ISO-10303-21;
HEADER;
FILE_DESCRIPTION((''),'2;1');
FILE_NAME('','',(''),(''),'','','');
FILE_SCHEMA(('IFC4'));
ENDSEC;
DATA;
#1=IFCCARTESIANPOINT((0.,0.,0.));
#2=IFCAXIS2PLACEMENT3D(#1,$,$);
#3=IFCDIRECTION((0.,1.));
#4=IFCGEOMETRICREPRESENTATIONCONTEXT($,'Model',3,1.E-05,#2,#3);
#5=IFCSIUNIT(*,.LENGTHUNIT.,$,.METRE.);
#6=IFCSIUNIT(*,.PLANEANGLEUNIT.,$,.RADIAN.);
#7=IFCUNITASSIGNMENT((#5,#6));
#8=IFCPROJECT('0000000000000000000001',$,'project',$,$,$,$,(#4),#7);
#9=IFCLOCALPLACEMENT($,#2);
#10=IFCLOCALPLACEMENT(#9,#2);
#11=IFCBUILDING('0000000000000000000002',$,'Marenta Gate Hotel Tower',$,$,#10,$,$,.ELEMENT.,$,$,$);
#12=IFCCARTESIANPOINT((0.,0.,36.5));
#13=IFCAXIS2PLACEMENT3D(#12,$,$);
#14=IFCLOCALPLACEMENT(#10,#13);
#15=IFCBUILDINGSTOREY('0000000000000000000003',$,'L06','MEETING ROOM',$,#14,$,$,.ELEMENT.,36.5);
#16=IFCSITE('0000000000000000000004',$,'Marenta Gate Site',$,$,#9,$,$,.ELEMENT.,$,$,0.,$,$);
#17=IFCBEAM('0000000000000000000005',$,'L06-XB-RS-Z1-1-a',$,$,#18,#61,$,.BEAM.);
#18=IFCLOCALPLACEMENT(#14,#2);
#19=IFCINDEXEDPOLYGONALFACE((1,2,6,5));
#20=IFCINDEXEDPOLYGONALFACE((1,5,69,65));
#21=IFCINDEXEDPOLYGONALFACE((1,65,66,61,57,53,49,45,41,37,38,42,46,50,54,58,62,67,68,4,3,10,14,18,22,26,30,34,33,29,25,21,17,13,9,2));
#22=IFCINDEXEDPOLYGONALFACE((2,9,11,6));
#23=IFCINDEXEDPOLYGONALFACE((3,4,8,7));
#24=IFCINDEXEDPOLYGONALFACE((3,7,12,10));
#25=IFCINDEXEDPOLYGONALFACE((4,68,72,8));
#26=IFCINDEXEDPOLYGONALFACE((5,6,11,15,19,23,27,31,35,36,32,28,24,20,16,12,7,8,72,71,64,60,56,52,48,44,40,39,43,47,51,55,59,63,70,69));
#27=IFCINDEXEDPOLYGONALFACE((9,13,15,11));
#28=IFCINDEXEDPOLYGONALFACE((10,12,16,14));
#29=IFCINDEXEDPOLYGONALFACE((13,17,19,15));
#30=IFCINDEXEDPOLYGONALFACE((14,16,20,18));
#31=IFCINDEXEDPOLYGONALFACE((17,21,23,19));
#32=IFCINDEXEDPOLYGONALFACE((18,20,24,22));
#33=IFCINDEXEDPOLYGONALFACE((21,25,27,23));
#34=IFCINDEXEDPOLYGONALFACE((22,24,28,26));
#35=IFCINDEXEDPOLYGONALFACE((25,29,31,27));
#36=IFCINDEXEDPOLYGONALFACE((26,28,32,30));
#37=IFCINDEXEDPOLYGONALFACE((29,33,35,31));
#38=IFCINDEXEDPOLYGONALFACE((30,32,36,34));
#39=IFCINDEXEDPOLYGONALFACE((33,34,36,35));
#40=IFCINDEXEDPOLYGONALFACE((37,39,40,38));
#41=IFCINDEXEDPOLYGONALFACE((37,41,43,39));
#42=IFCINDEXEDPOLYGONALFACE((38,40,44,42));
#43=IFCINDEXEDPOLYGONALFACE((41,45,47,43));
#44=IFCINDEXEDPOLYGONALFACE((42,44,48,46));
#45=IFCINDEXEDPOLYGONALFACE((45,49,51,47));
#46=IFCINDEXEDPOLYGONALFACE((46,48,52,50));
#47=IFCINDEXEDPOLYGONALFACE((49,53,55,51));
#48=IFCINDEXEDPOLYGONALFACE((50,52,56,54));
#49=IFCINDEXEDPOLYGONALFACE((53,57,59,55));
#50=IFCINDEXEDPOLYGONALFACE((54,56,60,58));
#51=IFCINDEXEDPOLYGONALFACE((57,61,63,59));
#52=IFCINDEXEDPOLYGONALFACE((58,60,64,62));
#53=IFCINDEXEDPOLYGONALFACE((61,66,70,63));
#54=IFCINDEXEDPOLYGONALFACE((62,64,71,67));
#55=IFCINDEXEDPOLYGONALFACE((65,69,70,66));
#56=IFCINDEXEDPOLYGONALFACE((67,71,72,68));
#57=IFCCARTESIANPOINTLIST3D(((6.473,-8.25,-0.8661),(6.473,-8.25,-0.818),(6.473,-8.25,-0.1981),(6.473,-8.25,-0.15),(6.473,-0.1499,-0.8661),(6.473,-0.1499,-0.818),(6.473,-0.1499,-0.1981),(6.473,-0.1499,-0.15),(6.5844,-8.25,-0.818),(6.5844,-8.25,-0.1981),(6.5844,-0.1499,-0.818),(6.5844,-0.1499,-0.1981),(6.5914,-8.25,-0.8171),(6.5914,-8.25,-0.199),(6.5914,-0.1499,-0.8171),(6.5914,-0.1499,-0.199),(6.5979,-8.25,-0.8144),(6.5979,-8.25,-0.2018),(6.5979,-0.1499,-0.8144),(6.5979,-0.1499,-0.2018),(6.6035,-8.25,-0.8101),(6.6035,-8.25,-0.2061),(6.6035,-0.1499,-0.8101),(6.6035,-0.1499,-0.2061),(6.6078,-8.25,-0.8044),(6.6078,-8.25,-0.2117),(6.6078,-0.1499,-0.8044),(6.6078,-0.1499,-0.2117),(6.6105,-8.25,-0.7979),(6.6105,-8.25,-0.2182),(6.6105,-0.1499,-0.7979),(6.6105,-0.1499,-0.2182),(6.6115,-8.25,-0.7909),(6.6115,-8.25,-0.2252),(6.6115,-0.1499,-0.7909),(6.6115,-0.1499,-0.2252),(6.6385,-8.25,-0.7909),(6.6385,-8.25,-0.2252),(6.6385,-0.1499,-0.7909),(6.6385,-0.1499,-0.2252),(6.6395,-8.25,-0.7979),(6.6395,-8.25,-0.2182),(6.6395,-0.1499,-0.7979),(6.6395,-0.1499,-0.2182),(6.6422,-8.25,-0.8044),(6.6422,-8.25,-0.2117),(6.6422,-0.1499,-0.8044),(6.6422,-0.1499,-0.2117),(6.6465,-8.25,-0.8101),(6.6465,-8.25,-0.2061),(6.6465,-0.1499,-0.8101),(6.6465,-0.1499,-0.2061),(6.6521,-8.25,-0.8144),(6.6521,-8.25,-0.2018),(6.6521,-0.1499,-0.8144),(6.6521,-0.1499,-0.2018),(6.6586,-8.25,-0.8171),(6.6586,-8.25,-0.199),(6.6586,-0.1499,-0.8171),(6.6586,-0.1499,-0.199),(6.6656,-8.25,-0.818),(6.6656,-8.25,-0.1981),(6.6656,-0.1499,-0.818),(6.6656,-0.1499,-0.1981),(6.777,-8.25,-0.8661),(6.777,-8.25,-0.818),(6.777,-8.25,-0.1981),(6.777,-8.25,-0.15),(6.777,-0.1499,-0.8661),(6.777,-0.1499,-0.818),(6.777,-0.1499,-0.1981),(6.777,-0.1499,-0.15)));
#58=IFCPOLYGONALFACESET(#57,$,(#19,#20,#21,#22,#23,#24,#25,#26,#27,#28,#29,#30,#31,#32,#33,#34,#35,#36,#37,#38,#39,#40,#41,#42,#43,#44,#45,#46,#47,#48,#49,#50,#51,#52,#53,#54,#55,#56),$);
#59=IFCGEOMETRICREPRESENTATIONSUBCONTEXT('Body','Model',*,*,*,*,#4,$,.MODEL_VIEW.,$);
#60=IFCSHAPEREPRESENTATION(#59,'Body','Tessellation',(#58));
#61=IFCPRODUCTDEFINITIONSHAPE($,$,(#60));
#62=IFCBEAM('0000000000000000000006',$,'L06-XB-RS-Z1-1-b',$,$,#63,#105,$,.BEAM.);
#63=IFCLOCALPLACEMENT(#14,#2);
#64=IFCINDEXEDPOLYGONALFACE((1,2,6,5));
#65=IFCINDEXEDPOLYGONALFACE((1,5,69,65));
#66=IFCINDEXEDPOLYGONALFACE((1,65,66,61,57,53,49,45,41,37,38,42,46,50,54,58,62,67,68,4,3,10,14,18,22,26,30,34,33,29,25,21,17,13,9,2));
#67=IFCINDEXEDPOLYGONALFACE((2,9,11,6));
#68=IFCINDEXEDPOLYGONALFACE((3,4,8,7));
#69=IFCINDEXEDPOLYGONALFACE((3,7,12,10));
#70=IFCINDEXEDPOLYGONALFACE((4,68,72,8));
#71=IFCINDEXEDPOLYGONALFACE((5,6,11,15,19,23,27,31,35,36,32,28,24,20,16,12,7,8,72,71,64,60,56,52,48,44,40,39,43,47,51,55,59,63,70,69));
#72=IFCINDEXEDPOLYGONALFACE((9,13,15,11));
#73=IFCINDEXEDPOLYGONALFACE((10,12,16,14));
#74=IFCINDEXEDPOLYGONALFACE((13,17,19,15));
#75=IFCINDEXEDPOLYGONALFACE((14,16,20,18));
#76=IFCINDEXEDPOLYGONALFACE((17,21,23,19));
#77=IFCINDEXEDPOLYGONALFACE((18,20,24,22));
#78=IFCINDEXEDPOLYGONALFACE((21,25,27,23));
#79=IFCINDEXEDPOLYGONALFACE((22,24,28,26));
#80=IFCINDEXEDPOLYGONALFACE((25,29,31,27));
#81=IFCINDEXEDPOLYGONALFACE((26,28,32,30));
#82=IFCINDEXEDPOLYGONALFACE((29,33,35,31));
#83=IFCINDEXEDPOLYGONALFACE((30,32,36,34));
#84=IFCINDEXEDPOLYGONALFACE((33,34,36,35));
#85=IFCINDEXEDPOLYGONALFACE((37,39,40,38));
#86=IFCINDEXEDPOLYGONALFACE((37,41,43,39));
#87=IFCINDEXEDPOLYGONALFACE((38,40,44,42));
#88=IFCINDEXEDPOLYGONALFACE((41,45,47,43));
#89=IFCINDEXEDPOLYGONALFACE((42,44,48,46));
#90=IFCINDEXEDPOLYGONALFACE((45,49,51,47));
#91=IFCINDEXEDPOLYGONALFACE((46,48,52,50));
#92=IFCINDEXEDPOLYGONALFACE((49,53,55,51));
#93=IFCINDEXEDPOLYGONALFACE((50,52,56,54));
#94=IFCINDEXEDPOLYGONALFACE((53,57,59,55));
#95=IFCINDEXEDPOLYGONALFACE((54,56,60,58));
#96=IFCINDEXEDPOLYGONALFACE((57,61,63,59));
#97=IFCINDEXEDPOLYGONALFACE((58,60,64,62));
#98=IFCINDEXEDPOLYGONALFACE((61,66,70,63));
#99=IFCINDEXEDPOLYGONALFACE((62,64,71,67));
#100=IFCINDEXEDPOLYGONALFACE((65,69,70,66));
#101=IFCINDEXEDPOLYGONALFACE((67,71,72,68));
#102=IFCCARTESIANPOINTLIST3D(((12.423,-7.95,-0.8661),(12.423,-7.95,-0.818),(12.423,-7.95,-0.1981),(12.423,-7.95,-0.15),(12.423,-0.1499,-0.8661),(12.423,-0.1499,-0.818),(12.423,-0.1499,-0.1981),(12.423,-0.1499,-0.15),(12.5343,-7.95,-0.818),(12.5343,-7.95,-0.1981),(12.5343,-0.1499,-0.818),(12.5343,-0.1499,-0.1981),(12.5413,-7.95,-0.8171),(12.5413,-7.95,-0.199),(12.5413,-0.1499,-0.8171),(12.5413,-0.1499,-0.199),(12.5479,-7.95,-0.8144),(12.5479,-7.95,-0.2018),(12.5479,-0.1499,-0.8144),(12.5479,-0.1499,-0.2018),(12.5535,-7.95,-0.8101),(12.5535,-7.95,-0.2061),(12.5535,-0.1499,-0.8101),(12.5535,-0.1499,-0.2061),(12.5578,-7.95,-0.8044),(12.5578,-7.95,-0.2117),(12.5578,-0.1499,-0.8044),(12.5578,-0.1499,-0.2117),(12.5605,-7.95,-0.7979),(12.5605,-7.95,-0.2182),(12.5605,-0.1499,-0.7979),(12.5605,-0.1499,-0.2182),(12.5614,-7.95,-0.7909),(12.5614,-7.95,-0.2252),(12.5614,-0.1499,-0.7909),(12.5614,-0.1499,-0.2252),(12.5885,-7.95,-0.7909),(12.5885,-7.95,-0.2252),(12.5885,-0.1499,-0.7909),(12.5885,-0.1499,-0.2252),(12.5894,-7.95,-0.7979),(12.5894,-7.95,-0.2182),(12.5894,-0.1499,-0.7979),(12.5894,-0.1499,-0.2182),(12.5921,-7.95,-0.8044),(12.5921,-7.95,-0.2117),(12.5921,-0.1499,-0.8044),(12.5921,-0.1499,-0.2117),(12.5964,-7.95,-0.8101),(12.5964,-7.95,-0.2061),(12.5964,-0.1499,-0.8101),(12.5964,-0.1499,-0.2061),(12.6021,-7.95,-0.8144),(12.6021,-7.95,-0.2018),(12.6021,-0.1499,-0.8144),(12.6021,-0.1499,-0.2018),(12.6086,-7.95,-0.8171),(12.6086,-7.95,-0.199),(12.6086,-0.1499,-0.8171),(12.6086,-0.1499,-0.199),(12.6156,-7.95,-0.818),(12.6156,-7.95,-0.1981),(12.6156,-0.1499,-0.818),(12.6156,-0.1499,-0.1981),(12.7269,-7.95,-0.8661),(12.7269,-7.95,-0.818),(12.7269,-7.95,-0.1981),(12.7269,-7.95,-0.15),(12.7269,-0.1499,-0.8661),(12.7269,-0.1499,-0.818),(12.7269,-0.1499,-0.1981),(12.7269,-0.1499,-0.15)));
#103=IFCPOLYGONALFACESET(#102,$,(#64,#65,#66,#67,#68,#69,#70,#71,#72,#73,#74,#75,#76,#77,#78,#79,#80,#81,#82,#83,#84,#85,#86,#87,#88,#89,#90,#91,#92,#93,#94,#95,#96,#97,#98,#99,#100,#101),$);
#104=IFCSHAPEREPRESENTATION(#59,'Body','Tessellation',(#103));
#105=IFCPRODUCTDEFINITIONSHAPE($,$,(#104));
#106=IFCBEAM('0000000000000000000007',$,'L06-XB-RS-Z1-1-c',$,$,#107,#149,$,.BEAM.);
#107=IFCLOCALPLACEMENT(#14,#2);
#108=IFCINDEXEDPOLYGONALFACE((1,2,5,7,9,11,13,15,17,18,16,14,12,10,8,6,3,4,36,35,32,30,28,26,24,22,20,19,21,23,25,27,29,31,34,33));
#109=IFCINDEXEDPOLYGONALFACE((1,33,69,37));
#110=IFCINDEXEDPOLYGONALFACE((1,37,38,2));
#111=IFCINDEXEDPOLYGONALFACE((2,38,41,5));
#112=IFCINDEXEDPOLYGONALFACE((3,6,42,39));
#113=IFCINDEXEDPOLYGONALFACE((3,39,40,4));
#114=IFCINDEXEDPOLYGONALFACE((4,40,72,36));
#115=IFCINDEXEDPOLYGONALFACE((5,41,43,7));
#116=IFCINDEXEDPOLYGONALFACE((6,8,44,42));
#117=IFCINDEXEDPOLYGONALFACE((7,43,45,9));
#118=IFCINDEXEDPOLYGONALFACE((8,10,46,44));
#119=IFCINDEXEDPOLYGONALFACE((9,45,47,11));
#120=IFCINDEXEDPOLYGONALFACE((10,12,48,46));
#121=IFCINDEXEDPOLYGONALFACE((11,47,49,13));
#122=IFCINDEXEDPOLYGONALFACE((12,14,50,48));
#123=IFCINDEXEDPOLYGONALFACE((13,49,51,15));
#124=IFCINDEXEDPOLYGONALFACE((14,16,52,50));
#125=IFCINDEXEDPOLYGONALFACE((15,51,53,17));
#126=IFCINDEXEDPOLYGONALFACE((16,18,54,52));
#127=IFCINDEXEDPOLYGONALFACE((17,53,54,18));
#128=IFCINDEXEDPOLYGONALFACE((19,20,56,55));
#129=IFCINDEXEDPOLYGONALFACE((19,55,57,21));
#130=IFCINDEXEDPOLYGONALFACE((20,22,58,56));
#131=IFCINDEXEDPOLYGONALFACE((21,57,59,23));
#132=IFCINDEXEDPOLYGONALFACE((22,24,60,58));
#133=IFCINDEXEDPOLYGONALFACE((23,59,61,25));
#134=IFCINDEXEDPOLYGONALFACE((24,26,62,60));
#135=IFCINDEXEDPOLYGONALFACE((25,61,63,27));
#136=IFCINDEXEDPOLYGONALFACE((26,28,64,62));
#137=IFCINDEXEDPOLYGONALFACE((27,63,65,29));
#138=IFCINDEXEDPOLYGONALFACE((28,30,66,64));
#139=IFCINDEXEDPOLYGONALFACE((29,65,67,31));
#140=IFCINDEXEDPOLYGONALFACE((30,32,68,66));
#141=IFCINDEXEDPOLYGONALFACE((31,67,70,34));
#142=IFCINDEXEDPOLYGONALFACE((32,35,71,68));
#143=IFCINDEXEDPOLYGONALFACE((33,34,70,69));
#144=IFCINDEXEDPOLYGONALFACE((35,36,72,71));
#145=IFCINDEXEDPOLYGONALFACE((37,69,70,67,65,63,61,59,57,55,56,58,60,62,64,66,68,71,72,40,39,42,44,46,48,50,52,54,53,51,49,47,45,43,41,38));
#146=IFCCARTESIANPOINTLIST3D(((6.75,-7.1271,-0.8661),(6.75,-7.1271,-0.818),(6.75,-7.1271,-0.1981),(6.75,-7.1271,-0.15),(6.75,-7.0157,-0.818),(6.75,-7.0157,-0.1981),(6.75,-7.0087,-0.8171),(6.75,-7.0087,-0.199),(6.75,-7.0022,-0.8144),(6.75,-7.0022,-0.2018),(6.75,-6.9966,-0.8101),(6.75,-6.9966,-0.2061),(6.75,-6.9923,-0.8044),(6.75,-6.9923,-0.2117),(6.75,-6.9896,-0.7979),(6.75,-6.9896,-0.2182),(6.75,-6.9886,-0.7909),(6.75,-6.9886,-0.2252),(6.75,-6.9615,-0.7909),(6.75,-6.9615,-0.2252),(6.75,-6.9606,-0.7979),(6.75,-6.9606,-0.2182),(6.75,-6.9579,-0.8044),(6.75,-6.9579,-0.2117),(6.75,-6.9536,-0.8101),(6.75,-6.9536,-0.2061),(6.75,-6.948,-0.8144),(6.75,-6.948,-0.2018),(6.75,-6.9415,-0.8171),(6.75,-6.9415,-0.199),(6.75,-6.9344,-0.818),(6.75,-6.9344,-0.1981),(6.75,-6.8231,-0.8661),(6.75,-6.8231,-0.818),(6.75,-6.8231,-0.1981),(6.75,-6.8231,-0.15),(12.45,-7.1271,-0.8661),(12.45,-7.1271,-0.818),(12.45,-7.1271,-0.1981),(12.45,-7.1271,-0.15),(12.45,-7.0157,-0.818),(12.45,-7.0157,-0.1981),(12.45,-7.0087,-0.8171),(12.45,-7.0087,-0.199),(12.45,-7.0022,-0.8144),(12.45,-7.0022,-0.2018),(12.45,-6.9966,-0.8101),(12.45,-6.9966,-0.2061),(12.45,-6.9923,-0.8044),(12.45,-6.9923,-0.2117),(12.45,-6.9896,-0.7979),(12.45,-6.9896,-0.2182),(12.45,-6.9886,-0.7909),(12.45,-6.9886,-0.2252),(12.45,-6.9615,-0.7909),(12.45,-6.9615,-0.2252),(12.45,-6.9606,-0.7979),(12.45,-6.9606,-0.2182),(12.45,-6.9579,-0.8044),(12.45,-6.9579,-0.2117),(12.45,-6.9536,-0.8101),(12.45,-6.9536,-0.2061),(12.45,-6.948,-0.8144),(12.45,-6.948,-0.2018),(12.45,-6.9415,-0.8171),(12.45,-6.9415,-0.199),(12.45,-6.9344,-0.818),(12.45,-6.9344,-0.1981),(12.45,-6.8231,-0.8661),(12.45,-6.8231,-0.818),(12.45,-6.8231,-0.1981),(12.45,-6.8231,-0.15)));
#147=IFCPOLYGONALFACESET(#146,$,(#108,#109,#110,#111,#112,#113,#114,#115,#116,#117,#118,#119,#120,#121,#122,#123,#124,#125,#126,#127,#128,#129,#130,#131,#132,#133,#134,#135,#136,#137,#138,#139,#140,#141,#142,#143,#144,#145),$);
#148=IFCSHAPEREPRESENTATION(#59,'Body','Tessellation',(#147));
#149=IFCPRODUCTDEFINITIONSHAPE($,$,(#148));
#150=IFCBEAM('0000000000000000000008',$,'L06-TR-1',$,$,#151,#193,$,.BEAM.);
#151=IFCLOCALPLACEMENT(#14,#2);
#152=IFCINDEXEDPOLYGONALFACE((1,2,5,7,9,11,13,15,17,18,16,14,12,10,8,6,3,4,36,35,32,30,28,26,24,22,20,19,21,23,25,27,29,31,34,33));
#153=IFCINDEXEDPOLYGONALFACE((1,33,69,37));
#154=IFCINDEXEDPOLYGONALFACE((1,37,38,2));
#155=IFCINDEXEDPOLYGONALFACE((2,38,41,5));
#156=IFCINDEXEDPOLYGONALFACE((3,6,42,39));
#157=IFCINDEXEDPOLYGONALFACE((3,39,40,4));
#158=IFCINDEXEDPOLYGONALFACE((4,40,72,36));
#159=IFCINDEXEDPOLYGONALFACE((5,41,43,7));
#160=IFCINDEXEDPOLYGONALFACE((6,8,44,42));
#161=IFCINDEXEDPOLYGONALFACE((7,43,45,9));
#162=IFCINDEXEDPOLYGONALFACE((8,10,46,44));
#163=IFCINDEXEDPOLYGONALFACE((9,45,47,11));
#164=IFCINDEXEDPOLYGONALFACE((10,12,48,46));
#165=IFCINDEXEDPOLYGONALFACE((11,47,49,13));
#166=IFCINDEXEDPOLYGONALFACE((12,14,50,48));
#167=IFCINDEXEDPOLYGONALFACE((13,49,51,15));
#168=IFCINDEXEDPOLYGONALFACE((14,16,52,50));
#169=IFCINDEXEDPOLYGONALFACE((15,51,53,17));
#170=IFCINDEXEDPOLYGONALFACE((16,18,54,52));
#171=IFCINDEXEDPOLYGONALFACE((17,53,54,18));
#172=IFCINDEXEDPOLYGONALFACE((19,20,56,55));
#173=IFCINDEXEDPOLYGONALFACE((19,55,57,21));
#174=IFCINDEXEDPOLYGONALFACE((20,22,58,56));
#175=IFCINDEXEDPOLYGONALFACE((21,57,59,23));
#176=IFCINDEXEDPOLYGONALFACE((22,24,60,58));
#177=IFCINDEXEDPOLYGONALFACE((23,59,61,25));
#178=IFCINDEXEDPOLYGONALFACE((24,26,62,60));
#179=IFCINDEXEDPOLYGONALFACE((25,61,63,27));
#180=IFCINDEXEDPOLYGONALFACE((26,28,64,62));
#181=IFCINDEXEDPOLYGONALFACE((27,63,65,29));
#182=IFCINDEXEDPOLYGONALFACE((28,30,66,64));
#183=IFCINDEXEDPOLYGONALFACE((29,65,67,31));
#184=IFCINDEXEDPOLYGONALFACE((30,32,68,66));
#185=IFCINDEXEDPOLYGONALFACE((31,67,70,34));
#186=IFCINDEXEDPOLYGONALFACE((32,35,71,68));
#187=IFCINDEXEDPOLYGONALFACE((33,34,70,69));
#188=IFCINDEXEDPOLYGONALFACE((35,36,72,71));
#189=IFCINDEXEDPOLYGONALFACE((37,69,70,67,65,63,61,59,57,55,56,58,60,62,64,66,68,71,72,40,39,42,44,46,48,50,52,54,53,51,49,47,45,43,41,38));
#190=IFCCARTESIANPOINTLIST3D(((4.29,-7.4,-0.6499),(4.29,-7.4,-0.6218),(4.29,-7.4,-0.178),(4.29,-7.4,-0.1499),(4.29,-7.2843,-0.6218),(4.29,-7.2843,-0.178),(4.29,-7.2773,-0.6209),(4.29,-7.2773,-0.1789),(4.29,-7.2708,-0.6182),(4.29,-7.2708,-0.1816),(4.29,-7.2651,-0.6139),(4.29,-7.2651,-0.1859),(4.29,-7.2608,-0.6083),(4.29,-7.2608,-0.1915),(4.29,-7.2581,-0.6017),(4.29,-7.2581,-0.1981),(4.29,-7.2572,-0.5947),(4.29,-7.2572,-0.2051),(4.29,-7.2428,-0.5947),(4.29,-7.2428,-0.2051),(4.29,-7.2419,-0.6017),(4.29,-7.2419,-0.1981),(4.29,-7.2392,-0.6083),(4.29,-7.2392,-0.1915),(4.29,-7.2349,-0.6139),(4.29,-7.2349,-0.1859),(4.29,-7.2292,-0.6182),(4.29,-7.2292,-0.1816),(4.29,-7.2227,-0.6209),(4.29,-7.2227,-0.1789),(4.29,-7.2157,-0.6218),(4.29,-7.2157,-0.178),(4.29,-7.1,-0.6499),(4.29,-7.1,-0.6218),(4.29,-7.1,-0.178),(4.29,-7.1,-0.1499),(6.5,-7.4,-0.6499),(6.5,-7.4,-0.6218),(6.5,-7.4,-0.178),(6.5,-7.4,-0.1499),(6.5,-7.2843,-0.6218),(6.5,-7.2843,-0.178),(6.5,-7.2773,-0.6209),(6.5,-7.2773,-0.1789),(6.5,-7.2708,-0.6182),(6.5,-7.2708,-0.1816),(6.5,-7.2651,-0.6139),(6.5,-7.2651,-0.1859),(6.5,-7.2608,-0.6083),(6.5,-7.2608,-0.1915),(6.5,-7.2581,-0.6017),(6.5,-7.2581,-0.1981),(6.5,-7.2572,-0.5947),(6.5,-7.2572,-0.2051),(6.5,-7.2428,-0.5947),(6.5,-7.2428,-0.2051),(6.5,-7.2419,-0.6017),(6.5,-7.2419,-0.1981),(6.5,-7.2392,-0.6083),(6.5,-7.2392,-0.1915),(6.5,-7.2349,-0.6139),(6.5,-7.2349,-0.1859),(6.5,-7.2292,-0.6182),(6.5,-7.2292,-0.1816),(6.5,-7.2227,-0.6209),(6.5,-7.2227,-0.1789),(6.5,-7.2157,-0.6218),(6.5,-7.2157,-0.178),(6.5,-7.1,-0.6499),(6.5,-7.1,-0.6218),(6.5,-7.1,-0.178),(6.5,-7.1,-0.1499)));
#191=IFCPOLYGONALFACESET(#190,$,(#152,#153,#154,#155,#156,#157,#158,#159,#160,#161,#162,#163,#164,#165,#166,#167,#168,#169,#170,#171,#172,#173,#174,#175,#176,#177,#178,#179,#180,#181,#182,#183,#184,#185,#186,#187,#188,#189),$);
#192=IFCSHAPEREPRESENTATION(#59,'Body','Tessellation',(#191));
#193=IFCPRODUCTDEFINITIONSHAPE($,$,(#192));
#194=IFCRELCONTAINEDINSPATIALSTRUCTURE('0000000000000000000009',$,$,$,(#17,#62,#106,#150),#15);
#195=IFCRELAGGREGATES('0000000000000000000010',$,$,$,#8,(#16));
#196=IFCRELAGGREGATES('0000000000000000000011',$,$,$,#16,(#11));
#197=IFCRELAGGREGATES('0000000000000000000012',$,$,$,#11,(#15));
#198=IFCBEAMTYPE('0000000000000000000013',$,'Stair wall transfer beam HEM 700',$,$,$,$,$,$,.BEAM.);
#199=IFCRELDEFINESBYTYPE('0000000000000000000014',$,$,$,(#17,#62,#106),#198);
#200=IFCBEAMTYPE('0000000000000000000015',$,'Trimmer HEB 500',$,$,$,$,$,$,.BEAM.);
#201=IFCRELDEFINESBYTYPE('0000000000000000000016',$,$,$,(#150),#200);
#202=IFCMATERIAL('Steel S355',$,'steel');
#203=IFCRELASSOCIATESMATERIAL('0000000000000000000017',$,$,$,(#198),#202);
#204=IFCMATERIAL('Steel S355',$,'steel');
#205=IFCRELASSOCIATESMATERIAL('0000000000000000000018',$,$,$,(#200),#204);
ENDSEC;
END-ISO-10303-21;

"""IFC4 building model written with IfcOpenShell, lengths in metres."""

from ifc_helpers import new_model, si_unit, direction, frame, origin, origin_2d, place, context, subcontext, project, spatial, i_section, extrude, material, material_profile, profile_set, type_object, element, save


model = new_model("IFC4")

# Units and contexts
model_context = context("Model", 3, precision=1e-05, world=origin(), true_north=direction((0.0, 1.0)))
body_context = subcontext(model_context, "Body", "Model", "MODEL_VIEW")
ifc_project = project(units=[si_unit("LENGTHUNIT", "METRE"), si_unit("PLANEANGLEUNIT", "RADIAN")], contexts=[model_context])

# Site, building, storey
site_placement = place(None, origin())
site = spatial("IfcSite", under=ifc_project, at=site_placement, Name="Marenta Gate Site", CompositionType="ELEMENT", RefElevation=0.0)
building_placement = place(site_placement, origin())
building = spatial("IfcBuilding", under=site, at=building_placement, Name="Marenta Gate Hotel Tower", CompositionType="ELEMENT")
storey_placement = place(building_placement, frame((0.0, 0.0, 36.5)))
storey = spatial("IfcBuildingStorey", under=building, at=storey_placement, Name="L06", Description="MEETING ROOM", CompositionType="ELEMENT", Elevation=36.5)

# Beams
ifc_material_1 = material(Name="Steel S355", Category="steel")
ifc_material_profile_1 = material_profile(ifc_material_1, i_section(OverallWidth=0.304, OverallDepth=0.7161, WebThickness=0.0271, FlangeThickness=0.0481, FilletRadius=0.0271, at=origin_2d()), Name="HEM 700")
ifc_profile_set_1 = profile_set([ifc_material_profile_1], Name="Steel S355")
beam_type_1 = type_object("IfcBeamType", Name="Stair wall transfer beam HEM 700", PredefinedType="BEAM", material=ifc_profile_set_1)
beam_1_placement = place(storey_placement, frame((6.625, -8.25, -0.5081), z_axis=(0.0, 1.0, 0.0), x_axis=(-1.0, 0.0, 0.0)))
element("IfcBeam", 1, at=beam_1_placement, inside=storey, type_object=beam_type_1, Name="L06-XB-RS-Z1-1-a", PredefinedType="BEAM", context=body_context, shape_type="SweptSolid", body=[
    extrude(i_section(OverallWidth=0.304, OverallDepth=0.7161, WebThickness=0.0271, FlangeThickness=0.0481, FilletRadius=0.0271, at=origin_2d()), origin(), (0.0, 0.0, 1.0), 8.1001),
])
beam_2_placement = place(storey_placement, frame((12.575, -7.95, -0.5081), z_axis=(0.0, 1.0, 0.0), x_axis=(-1.0, 0.0, 0.0)))
element("IfcBeam", 2, at=beam_2_placement, inside=storey, type_object=beam_type_1, Name="L06-XB-RS-Z1-1-b", PredefinedType="BEAM", context=body_context, shape_type="SweptSolid", body=[
    extrude(i_section(OverallWidth=0.304, OverallDepth=0.7161, WebThickness=0.0271, FlangeThickness=0.0481, FilletRadius=0.0271, at=origin_2d()), origin(), (0.0, 0.0, 1.0), 7.8),
])
beam_3_placement = place(storey_placement, frame((6.75, -6.9751, -0.5081), z_axis=(1.0, 0.0, 0.0), x_axis=(0.0, 1.0, 0.0)))
element("IfcBeam", 3, at=beam_3_placement, inside=storey, type_object=beam_type_1, Name="L06-XB-RS-Z1-1-c", PredefinedType="BEAM", context=body_context, shape_type="SweptSolid", body=[
    extrude(i_section(OverallWidth=0.304, OverallDepth=0.7161, WebThickness=0.0271, FlangeThickness=0.0481, FilletRadius=0.0271, at=origin_2d()), origin(), (0.0, 0.0, 1.0), 5.7),
])
ifc_material_2 = material(Name="Steel S355", Category="steel")
ifc_material_profile_2 = material_profile(ifc_material_2, i_section(OverallWidth=0.3, OverallDepth=0.5, WebThickness=0.0144, FlangeThickness=0.0281, FilletRadius=0.0271, at=origin_2d()), Name="HEB 500")
ifc_profile_set_2 = profile_set([ifc_material_profile_2], Name="Steel S355")
beam_type_2 = type_object("IfcBeamType", Name="Trimmer HEB 500", PredefinedType="BEAM", material=ifc_profile_set_2)
beam_4_placement = place(storey_placement, frame((4.29, -7.25, -0.3999), z_axis=(1.0, 0.0, 0.0), x_axis=(0.0, 1.0, 0.0)))
element("IfcBeam", 4, at=beam_4_placement, inside=storey, type_object=beam_type_2, Name="L06-TR-1", PredefinedType="BEAM", context=body_context, shape_type="SweptSolid", body=[
    extrude(i_section(OverallWidth=0.3, OverallDepth=0.5, WebThickness=0.0144, FlangeThickness=0.0281, FilletRadius=0.0271, at=origin_2d()), origin(), (0.0, 0.0, 1.0), 2.21),
])

save(model, "model.ifc")
